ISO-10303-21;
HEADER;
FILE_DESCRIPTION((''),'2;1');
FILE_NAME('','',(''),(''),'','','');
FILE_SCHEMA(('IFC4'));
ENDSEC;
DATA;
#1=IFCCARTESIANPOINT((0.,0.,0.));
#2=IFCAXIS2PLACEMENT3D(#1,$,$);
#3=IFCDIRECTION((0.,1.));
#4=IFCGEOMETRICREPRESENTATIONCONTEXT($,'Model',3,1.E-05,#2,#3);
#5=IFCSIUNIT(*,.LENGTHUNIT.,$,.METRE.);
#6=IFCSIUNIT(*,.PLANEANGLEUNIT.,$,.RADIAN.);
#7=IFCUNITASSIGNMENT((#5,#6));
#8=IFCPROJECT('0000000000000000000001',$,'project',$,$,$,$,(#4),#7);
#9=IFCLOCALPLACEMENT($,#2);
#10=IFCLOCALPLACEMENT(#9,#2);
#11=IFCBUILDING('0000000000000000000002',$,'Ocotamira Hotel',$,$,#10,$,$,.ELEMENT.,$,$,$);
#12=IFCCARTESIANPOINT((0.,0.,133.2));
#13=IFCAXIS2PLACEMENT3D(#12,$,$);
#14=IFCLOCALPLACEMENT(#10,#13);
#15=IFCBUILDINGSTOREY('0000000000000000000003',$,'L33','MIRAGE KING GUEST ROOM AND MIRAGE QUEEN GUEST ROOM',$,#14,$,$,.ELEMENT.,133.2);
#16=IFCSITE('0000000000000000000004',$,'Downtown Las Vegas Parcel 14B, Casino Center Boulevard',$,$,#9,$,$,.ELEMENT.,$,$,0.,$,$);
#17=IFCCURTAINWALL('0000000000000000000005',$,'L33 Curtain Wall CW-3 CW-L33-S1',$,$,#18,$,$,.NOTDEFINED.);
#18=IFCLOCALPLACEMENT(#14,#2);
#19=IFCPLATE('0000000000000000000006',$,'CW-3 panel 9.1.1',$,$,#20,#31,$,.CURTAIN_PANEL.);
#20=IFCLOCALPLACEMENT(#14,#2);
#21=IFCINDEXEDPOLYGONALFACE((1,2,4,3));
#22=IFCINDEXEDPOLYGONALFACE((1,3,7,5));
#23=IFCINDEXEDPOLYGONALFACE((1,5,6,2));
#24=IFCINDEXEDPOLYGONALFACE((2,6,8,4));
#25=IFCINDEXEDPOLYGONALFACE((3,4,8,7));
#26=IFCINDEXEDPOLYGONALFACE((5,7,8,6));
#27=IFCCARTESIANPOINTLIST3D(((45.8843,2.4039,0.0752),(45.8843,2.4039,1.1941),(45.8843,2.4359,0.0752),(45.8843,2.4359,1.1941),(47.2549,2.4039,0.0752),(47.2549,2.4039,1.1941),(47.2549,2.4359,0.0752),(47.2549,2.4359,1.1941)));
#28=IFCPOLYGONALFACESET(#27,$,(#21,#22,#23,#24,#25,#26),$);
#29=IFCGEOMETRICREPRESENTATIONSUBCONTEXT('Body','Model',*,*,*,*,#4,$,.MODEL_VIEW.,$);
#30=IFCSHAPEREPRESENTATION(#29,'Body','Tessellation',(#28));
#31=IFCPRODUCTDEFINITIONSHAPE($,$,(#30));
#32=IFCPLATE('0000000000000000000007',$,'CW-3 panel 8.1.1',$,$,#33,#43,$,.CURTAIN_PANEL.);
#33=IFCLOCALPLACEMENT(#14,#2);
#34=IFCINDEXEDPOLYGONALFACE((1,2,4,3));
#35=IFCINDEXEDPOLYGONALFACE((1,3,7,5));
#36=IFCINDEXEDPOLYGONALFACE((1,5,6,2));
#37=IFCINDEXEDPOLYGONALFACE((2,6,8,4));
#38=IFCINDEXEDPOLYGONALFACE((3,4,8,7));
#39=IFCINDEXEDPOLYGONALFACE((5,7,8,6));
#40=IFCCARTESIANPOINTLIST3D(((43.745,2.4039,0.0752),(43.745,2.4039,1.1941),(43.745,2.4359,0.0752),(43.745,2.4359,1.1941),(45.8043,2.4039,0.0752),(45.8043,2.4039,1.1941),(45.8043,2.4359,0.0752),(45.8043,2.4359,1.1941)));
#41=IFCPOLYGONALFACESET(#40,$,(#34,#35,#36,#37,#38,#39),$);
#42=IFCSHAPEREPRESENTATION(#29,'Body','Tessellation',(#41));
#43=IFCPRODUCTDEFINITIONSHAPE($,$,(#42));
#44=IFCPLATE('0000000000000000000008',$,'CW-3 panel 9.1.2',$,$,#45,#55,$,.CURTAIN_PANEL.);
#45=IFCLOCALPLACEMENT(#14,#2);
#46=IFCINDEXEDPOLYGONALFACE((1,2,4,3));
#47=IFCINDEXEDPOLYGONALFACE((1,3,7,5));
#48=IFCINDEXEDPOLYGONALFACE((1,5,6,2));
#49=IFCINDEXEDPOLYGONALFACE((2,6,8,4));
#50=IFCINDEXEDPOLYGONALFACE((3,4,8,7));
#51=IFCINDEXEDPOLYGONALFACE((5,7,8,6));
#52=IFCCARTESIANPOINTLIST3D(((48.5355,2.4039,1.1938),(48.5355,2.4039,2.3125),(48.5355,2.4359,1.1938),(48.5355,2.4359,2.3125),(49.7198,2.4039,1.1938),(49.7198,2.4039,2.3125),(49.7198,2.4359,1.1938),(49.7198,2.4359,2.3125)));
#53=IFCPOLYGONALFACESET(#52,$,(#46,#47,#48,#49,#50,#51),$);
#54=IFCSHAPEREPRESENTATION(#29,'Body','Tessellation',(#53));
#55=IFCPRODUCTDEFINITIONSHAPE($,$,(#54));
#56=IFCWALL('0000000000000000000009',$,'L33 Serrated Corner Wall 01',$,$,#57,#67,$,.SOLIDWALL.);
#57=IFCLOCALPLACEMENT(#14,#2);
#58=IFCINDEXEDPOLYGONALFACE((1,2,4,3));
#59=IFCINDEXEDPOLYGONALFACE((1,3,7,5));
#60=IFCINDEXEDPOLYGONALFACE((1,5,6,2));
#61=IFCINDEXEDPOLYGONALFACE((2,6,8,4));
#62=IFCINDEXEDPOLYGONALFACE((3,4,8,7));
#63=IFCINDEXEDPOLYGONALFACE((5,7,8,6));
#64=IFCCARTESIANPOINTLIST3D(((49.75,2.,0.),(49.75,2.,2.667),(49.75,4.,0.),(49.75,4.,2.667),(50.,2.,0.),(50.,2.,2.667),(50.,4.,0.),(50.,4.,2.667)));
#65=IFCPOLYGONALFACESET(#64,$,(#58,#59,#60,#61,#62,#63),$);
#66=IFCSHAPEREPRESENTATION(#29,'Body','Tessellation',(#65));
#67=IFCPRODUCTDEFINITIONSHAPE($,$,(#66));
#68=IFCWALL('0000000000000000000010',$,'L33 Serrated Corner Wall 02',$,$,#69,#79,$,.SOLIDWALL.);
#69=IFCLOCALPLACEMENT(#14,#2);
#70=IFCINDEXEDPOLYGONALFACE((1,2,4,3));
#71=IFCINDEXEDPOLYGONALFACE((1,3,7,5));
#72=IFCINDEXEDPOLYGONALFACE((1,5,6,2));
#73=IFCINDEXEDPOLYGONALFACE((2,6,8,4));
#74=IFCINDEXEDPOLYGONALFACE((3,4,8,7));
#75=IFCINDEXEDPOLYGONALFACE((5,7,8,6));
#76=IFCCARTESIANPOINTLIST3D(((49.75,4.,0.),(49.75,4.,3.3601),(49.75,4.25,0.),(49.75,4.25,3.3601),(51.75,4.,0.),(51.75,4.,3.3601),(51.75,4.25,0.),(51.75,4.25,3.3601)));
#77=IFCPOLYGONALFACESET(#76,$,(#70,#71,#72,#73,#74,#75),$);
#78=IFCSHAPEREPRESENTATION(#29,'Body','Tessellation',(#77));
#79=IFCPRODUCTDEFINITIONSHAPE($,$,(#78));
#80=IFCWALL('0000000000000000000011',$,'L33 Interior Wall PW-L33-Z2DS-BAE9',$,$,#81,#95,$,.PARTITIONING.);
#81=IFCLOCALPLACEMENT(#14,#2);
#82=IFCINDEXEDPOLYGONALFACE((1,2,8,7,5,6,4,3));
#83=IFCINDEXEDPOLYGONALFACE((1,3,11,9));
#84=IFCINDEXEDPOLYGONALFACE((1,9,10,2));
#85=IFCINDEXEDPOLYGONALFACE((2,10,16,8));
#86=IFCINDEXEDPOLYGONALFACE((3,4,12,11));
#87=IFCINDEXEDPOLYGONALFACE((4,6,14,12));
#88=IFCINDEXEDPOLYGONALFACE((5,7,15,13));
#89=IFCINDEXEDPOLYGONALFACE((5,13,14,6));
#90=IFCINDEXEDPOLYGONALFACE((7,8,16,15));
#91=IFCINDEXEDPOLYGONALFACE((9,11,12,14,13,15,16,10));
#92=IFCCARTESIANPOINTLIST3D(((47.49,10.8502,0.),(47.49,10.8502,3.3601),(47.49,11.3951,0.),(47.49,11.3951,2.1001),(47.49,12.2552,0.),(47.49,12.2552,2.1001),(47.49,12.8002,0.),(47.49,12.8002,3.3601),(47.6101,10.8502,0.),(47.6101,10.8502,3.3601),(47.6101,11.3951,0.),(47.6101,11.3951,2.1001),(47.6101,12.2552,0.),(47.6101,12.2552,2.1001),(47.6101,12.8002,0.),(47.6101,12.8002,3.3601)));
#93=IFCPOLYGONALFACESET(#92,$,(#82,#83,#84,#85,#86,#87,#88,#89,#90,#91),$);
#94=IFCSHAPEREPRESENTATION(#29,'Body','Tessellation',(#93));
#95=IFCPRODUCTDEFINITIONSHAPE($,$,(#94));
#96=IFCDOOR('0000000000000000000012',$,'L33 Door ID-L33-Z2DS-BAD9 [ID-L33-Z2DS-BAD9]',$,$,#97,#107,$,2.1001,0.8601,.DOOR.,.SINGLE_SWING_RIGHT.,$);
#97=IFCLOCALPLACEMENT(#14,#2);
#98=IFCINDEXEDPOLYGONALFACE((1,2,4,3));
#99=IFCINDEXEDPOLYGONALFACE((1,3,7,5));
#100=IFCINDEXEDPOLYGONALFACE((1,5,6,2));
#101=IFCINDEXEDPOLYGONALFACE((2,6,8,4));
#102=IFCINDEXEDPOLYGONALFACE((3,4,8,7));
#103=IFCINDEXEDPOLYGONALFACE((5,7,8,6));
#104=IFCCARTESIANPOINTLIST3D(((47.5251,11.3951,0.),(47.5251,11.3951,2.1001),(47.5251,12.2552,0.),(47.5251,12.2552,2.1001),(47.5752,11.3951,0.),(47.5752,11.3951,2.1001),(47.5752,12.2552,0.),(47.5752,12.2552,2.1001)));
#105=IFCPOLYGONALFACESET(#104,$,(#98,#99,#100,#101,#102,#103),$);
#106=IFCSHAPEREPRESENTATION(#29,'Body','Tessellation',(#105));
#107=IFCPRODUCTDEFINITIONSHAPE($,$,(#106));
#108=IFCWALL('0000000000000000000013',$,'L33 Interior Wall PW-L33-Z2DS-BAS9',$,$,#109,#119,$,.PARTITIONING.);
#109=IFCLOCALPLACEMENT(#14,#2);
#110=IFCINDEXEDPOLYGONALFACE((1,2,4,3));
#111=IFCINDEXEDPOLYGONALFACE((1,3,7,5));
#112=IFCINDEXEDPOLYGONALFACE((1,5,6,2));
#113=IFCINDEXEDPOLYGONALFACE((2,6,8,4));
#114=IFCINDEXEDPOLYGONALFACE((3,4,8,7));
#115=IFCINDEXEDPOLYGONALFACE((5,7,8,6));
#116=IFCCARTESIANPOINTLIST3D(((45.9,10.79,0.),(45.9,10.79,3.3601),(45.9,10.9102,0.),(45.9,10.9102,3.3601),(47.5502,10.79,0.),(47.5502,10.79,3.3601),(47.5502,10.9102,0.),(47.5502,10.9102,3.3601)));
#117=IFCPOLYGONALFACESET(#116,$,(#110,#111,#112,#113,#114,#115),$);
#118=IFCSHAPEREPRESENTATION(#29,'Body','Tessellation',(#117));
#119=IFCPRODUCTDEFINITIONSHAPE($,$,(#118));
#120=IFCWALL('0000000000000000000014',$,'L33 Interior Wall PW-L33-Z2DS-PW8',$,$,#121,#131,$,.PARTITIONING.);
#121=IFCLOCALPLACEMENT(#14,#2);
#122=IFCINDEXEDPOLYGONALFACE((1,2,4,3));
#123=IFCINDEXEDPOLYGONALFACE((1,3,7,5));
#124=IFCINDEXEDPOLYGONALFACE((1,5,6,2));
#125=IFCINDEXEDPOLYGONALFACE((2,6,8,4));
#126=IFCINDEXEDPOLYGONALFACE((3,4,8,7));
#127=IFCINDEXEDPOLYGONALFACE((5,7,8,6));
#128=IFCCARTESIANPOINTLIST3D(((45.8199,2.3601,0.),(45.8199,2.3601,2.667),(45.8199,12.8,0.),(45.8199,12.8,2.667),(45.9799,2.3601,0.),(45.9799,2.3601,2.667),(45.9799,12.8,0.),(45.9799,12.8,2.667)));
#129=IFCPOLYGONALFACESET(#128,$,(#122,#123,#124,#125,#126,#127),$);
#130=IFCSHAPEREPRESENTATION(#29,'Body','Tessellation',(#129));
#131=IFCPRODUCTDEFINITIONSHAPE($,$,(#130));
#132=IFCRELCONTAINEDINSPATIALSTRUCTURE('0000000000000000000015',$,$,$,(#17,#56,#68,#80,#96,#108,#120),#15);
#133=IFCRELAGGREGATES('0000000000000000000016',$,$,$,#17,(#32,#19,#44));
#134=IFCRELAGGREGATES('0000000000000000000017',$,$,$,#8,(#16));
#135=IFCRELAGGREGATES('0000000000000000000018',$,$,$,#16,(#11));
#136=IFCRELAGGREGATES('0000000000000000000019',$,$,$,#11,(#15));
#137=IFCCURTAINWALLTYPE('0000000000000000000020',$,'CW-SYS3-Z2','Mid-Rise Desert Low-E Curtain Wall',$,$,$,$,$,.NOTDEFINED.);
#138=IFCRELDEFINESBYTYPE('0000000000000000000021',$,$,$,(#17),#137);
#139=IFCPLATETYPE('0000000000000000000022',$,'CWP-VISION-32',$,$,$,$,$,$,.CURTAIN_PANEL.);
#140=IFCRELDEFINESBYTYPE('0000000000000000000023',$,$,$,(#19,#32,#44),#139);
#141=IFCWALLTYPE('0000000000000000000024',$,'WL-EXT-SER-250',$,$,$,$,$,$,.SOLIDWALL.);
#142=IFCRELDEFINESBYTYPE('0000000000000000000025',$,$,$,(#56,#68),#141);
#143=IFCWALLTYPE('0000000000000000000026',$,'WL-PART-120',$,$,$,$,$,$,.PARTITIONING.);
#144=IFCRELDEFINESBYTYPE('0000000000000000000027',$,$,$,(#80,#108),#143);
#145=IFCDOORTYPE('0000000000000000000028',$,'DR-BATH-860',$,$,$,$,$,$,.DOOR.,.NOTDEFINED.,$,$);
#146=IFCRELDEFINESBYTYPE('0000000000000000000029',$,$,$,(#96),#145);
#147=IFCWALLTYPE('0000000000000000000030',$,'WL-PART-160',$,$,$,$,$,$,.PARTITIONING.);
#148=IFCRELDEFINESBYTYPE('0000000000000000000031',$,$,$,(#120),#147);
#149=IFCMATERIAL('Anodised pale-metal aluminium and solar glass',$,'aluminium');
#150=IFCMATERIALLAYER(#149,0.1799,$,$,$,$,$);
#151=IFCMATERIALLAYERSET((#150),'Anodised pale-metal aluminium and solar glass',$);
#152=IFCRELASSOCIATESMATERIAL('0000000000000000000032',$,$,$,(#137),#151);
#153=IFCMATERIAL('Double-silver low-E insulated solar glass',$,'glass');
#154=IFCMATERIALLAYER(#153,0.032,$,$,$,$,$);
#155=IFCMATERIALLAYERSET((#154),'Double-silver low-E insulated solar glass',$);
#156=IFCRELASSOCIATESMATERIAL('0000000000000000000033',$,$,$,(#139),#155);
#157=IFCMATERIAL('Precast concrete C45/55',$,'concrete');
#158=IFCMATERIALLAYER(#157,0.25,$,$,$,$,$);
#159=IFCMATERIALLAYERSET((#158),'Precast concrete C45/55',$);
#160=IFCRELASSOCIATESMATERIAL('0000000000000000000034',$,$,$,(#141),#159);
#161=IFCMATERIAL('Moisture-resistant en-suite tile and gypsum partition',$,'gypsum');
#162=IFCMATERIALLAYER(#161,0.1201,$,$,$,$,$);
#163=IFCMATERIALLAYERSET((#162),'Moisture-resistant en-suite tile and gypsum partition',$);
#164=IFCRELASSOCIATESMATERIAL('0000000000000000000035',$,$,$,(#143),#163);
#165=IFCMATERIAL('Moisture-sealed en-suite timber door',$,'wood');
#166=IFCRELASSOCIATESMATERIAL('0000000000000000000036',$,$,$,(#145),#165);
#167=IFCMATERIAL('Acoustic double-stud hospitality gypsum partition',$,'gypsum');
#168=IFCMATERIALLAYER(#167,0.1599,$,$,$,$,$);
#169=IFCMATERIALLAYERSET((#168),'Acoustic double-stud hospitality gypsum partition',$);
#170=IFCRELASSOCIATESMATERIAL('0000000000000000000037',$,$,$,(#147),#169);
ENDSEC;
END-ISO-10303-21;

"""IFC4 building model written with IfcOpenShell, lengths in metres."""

from ifc_helpers import new_model, si_unit, direction, frame, frame_2d, origin, origin_2d, place, context, subcontext, project, spatial, rectangle, extrude, source, transform, mapped, material, layer, layer_set, type_object, element, fill, aggregate, save


model = new_model("IFC4")

# Units and contexts
model_context = context("Model", 3, precision=1e-05, world=origin(), true_north=direction((0.0, 1.0)))
body_context = subcontext(model_context, "Body", "Model", "MODEL_VIEW")
ifc_project = project(units=[si_unit("LENGTHUNIT", "METRE"), si_unit("PLANEANGLEUNIT", "RADIAN")], contexts=[model_context])

# Site, building, storey
site_placement = place(None, origin())
site = spatial("IfcSite", under=ifc_project, at=site_placement, Name="Downtown Las Vegas Parcel 14B, Casino Center Boulevard", CompositionType="ELEMENT", RefElevation=0.0)
building_placement = place(site_placement, origin())
building = spatial("IfcBuilding", under=site, at=building_placement, Name="Ocotamira Hotel", CompositionType="ELEMENT")
storey_placement = place(building_placement, frame((0.0, 0.0, 133.2)))
storey = spatial("IfcBuildingStorey", under=building, at=storey_placement, Name="L33", Description="MIRAGE KING GUEST ROOM AND MIRAGE QUEEN GUEST ROOM", CompositionType="ELEMENT", Elevation=133.2)

# Curtain wall
ifc_material_1 = material(Name="Anodised pale-metal aluminium and solar glass", Category="aluminium")
ifc_layer_1 = layer(ifc_material_1, 0.1799)
ifc_layer_set_1 = layer_set([ifc_layer_1], Name="Anodised pale-metal aluminium and solar glass")
curtain_wall_type = type_object("IfcCurtainWallType", Name="CW-SYS3-Z2", Description="Mid-Rise Desert Low-E Curtain Wall", PredefinedType="NOTDEFINED", material=ifc_layer_set_1)
curtain_wall_placement = place(storey_placement, origin())
curtain_wall = element("IfcCurtainWall", 1, at=curtain_wall_placement, inside=storey, type_object=curtain_wall_type, Name="L33 Curtain Wall CW-3 CW-L33-S1", PredefinedType="NOTDEFINED")

# Plates
ifc_material_2 = material(Name="Double-silver low-E insulated solar glass", Category="glass")
ifc_layer_2 = layer(ifc_material_2, 0.032)
ifc_layer_set_2 = layer_set([ifc_layer_2], Name="Double-silver low-E insulated solar glass")
plate_type_1 = type_object("IfcPlateType", Name="CWP-VISION-32", PredefinedType="CURTAIN_PANEL", material=ifc_layer_set_2)
shared_shape_1 = source(origin(), body_context, "Body", "SweptSolid", [
    extrude(rectangle(XDim=1.3706, YDim=0.032, at=origin_2d()), origin(), (0.0, 0.0, 1.0), 1.1189),
])
plate_1_placement = place(storey_placement, frame((46.5696, 2.4199, 0.0752), z_axis=(0.0, 0.0, 1.0), x_axis=(1.0, 0.0, 0.0)))
plate_1 = element("IfcPlate", 2, at=plate_1_placement, type_object=plate_type_1, Name="CW-3 panel 9.1.1", PredefinedType="CURTAIN_PANEL", context=body_context, shape_type="MappedRepresentation", body=[
    mapped(shared_shape_1, transform((0.0, 0.0, 0.0), scale=1.0)),
])
shared_shape_2 = source(origin(), body_context, "Body", "SweptSolid", [
    extrude(rectangle(XDim=2.0593, YDim=0.032, at=origin_2d()), origin(), (0.0, 0.0, 1.0), 1.1189),
])
plate_2_placement = place(storey_placement, frame((44.7747, 2.4199, 0.0752), z_axis=(0.0, 0.0, 1.0), x_axis=(1.0, 0.0, 0.0)))
plate_2 = element("IfcPlate", 3, at=plate_2_placement, type_object=plate_type_1, Name="CW-3 panel 8.1.1", PredefinedType="CURTAIN_PANEL", context=body_context, shape_type="MappedRepresentation", body=[
    mapped(shared_shape_2, transform((0.0, 0.0, 0.0), scale=1.0)),
])
shared_shape_3 = source(origin(), body_context, "Body", "SweptSolid", [
    extrude(rectangle(XDim=1.1843, YDim=0.032, at=origin_2d()), origin(), (0.0, 0.0, 1.0), 1.1187),
])
plate_3_placement = place(storey_placement, frame((49.1277, 2.4199, 1.1938), z_axis=(0.0, 0.0, 1.0), x_axis=(1.0, 0.0, 0.0)))
plate_3 = element("IfcPlate", 4, at=plate_3_placement, type_object=plate_type_1, Name="CW-3 panel 9.1.2", PredefinedType="CURTAIN_PANEL", context=body_context, shape_type="MappedRepresentation", body=[
    mapped(shared_shape_3, transform((0.0, 0.0, 0.0), scale=1.0)),
])
aggregate(curtain_wall, [plate_2, plate_1, plate_3])

# Walls
ifc_material_3 = material(Name="Precast concrete C45/55", Category="concrete")
ifc_layer_3 = layer(ifc_material_3, 0.25)
ifc_layer_set_3 = layer_set([ifc_layer_3], Name="Precast concrete C45/55")
wall_type_1 = type_object("IfcWallType", Name="WL-EXT-SER-250", PredefinedType="SOLIDWALL", material=ifc_layer_set_3)
wall_1_placement = place(storey_placement, frame((49.875, 2.0, 0.0), z_axis=(0.0, 0.0, 1.0), x_axis=(0.0, 1.0, 0.0)))
element("IfcWall", 5, at=wall_1_placement, inside=storey, type_object=wall_type_1, Name="L33 Serrated Corner Wall 01", PredefinedType="SOLIDWALL", context=body_context, shape_type="SweptSolid", body=[
    extrude(rectangle(XDim=2.0, YDim=0.25, at=frame_2d((1.0, 0.0))), origin(), (0.0, 0.0, 1.0), 2.667),
])
wall_2_placement = place(storey_placement, frame((49.75, 4.125, 0.0), z_axis=(0.0, 0.0, 1.0), x_axis=(1.0, 0.0, 0.0)))
element("IfcWall", 6, at=wall_2_placement, inside=storey, type_object=wall_type_1, Name="L33 Serrated Corner Wall 02", PredefinedType="SOLIDWALL", context=body_context, shape_type="SweptSolid", body=[
    extrude(rectangle(XDim=2.0, YDim=0.25, at=frame_2d((1.0, 0.0))), origin(), (0.0, 0.0, 1.0), 3.3601),
])

# Wall, opening, door
ifc_material_4 = material(Name="Moisture-resistant en-suite tile and gypsum partition", Category="gypsum")
ifc_layer_4 = layer(ifc_material_4, 0.1201)
ifc_layer_set_4 = layer_set([ifc_layer_4], Name="Moisture-resistant en-suite tile and gypsum partition")
wall_type_2 = type_object("IfcWallType", Name="WL-PART-120", PredefinedType="PARTITIONING", material=ifc_layer_set_4)
wall_3_placement = place(storey_placement, frame((47.55, 10.8501, 0.0), z_axis=(0.0, 0.0, 1.0), x_axis=(0.0, 1.0, 0.0)))
wall_3 = element("IfcWall", 7, at=wall_3_placement, inside=storey, type_object=wall_type_2, Name="L33 Interior Wall PW-L33-Z2DS-BAE9", PredefinedType="PARTITIONING", context=body_context, shape_type="SweptSolid", body=[
    extrude(rectangle(XDim=1.95, YDim=0.1201, at=frame_2d((0.9751, 0.0))), origin(), (0.0, 0.0, 1.0), 3.3601),
])
opening_placement = place(wall_3_placement, frame((0.5449, 0.0, 0.0)))
opening = element("IfcOpeningElement", 8, at=opening_placement, cuts=wall_3, PredefinedType="OPENING", context=body_context, shape_type="SweptSolid", body=[
    extrude(rectangle(XDim=0.8601, YDim=2.1001, at=frame_2d((0.4302, 1.05))), frame((0.0, 0.0701, 0.0), z_axis=(0.0, -1.0, 0.0), x_axis=(1.0, 0.0, 0.0)), (0.0, 0.0, 1.0), 0.1401),
])
ifc_material_5 = material(Name="Moisture-sealed en-suite timber door", Category="wood")
door_type = type_object("IfcDoorType", Name="DR-BATH-860", OperationType="NOTDEFINED", PredefinedType="DOOR", material=ifc_material_5)
shared_shape_4 = source(origin(), body_context, "Body", "SweptSolid", [
    extrude(rectangle(XDim=0.8601, YDim=2.1001, at=frame_2d((0.4302, 1.05))), frame((0.0, 0.0249, 0.0), z_axis=(0.0, -1.0, 0.0), x_axis=(1.0, 0.0, 0.0)), (0.0, 0.0, 1.0), 0.05),
])
door_placement = place(opening_placement, origin())
door = element("IfcDoor", 9, at=door_placement, inside=storey, type_object=door_type, Name="L33 Door ID-L33-Z2DS-BAD9 [ID-L33-Z2DS-BAD9]", OperationType="SINGLE_SWING_RIGHT", OverallHeight=2.1001, OverallWidth=0.8601, PredefinedType="DOOR", context=body_context, shape_type="MappedRepresentation", body=[
    mapped(shared_shape_4, transform((0.0, 0.0, 0.0), scale=1.0)),
])
fill(opening, door)

# Walls
wall_4_placement = place(storey_placement, frame((45.8999, 10.8501, 0.0), z_axis=(0.0, 0.0, 1.0), x_axis=(1.0, 0.0, 0.0)))
element("IfcWall", 10, at=wall_4_placement, inside=storey, type_object=wall_type_2, Name="L33 Interior Wall PW-L33-Z2DS-BAS9", PredefinedType="PARTITIONING", context=body_context, shape_type="SweptSolid", body=[
    extrude(rectangle(XDim=1.6501, YDim=0.1201, at=frame_2d((0.8252, 0.0))), origin(), (0.0, 0.0, 1.0), 3.3601),
])
ifc_material_6 = material(Name="Acoustic double-stud hospitality gypsum partition", Category="gypsum")
ifc_layer_5 = layer(ifc_material_6, 0.1599)
ifc_layer_set_5 = layer_set([ifc_layer_5], Name="Acoustic double-stud hospitality gypsum partition")
wall_type_3 = type_object("IfcWallType", Name="WL-PART-160", PredefinedType="PARTITIONING", material=ifc_layer_set_5)
wall_5_placement = place(storey_placement, frame((45.8999, 2.3601, 0.0), z_axis=(0.0, 0.0, 1.0), x_axis=(0.0, 1.0, 0.0)))
element("IfcWall", 11, at=wall_5_placement, inside=storey, type_object=wall_type_3, Name="L33 Interior Wall PW-L33-Z2DS-PW8", PredefinedType="PARTITIONING", context=body_context, shape_type="SweptSolid", body=[
    extrude(rectangle(XDim=10.4399, YDim=0.1599, at=frame_2d((5.22, 0.0))), origin(), (0.0, 0.0, 1.0), 2.667),
])

save(model, "model.ifc")
